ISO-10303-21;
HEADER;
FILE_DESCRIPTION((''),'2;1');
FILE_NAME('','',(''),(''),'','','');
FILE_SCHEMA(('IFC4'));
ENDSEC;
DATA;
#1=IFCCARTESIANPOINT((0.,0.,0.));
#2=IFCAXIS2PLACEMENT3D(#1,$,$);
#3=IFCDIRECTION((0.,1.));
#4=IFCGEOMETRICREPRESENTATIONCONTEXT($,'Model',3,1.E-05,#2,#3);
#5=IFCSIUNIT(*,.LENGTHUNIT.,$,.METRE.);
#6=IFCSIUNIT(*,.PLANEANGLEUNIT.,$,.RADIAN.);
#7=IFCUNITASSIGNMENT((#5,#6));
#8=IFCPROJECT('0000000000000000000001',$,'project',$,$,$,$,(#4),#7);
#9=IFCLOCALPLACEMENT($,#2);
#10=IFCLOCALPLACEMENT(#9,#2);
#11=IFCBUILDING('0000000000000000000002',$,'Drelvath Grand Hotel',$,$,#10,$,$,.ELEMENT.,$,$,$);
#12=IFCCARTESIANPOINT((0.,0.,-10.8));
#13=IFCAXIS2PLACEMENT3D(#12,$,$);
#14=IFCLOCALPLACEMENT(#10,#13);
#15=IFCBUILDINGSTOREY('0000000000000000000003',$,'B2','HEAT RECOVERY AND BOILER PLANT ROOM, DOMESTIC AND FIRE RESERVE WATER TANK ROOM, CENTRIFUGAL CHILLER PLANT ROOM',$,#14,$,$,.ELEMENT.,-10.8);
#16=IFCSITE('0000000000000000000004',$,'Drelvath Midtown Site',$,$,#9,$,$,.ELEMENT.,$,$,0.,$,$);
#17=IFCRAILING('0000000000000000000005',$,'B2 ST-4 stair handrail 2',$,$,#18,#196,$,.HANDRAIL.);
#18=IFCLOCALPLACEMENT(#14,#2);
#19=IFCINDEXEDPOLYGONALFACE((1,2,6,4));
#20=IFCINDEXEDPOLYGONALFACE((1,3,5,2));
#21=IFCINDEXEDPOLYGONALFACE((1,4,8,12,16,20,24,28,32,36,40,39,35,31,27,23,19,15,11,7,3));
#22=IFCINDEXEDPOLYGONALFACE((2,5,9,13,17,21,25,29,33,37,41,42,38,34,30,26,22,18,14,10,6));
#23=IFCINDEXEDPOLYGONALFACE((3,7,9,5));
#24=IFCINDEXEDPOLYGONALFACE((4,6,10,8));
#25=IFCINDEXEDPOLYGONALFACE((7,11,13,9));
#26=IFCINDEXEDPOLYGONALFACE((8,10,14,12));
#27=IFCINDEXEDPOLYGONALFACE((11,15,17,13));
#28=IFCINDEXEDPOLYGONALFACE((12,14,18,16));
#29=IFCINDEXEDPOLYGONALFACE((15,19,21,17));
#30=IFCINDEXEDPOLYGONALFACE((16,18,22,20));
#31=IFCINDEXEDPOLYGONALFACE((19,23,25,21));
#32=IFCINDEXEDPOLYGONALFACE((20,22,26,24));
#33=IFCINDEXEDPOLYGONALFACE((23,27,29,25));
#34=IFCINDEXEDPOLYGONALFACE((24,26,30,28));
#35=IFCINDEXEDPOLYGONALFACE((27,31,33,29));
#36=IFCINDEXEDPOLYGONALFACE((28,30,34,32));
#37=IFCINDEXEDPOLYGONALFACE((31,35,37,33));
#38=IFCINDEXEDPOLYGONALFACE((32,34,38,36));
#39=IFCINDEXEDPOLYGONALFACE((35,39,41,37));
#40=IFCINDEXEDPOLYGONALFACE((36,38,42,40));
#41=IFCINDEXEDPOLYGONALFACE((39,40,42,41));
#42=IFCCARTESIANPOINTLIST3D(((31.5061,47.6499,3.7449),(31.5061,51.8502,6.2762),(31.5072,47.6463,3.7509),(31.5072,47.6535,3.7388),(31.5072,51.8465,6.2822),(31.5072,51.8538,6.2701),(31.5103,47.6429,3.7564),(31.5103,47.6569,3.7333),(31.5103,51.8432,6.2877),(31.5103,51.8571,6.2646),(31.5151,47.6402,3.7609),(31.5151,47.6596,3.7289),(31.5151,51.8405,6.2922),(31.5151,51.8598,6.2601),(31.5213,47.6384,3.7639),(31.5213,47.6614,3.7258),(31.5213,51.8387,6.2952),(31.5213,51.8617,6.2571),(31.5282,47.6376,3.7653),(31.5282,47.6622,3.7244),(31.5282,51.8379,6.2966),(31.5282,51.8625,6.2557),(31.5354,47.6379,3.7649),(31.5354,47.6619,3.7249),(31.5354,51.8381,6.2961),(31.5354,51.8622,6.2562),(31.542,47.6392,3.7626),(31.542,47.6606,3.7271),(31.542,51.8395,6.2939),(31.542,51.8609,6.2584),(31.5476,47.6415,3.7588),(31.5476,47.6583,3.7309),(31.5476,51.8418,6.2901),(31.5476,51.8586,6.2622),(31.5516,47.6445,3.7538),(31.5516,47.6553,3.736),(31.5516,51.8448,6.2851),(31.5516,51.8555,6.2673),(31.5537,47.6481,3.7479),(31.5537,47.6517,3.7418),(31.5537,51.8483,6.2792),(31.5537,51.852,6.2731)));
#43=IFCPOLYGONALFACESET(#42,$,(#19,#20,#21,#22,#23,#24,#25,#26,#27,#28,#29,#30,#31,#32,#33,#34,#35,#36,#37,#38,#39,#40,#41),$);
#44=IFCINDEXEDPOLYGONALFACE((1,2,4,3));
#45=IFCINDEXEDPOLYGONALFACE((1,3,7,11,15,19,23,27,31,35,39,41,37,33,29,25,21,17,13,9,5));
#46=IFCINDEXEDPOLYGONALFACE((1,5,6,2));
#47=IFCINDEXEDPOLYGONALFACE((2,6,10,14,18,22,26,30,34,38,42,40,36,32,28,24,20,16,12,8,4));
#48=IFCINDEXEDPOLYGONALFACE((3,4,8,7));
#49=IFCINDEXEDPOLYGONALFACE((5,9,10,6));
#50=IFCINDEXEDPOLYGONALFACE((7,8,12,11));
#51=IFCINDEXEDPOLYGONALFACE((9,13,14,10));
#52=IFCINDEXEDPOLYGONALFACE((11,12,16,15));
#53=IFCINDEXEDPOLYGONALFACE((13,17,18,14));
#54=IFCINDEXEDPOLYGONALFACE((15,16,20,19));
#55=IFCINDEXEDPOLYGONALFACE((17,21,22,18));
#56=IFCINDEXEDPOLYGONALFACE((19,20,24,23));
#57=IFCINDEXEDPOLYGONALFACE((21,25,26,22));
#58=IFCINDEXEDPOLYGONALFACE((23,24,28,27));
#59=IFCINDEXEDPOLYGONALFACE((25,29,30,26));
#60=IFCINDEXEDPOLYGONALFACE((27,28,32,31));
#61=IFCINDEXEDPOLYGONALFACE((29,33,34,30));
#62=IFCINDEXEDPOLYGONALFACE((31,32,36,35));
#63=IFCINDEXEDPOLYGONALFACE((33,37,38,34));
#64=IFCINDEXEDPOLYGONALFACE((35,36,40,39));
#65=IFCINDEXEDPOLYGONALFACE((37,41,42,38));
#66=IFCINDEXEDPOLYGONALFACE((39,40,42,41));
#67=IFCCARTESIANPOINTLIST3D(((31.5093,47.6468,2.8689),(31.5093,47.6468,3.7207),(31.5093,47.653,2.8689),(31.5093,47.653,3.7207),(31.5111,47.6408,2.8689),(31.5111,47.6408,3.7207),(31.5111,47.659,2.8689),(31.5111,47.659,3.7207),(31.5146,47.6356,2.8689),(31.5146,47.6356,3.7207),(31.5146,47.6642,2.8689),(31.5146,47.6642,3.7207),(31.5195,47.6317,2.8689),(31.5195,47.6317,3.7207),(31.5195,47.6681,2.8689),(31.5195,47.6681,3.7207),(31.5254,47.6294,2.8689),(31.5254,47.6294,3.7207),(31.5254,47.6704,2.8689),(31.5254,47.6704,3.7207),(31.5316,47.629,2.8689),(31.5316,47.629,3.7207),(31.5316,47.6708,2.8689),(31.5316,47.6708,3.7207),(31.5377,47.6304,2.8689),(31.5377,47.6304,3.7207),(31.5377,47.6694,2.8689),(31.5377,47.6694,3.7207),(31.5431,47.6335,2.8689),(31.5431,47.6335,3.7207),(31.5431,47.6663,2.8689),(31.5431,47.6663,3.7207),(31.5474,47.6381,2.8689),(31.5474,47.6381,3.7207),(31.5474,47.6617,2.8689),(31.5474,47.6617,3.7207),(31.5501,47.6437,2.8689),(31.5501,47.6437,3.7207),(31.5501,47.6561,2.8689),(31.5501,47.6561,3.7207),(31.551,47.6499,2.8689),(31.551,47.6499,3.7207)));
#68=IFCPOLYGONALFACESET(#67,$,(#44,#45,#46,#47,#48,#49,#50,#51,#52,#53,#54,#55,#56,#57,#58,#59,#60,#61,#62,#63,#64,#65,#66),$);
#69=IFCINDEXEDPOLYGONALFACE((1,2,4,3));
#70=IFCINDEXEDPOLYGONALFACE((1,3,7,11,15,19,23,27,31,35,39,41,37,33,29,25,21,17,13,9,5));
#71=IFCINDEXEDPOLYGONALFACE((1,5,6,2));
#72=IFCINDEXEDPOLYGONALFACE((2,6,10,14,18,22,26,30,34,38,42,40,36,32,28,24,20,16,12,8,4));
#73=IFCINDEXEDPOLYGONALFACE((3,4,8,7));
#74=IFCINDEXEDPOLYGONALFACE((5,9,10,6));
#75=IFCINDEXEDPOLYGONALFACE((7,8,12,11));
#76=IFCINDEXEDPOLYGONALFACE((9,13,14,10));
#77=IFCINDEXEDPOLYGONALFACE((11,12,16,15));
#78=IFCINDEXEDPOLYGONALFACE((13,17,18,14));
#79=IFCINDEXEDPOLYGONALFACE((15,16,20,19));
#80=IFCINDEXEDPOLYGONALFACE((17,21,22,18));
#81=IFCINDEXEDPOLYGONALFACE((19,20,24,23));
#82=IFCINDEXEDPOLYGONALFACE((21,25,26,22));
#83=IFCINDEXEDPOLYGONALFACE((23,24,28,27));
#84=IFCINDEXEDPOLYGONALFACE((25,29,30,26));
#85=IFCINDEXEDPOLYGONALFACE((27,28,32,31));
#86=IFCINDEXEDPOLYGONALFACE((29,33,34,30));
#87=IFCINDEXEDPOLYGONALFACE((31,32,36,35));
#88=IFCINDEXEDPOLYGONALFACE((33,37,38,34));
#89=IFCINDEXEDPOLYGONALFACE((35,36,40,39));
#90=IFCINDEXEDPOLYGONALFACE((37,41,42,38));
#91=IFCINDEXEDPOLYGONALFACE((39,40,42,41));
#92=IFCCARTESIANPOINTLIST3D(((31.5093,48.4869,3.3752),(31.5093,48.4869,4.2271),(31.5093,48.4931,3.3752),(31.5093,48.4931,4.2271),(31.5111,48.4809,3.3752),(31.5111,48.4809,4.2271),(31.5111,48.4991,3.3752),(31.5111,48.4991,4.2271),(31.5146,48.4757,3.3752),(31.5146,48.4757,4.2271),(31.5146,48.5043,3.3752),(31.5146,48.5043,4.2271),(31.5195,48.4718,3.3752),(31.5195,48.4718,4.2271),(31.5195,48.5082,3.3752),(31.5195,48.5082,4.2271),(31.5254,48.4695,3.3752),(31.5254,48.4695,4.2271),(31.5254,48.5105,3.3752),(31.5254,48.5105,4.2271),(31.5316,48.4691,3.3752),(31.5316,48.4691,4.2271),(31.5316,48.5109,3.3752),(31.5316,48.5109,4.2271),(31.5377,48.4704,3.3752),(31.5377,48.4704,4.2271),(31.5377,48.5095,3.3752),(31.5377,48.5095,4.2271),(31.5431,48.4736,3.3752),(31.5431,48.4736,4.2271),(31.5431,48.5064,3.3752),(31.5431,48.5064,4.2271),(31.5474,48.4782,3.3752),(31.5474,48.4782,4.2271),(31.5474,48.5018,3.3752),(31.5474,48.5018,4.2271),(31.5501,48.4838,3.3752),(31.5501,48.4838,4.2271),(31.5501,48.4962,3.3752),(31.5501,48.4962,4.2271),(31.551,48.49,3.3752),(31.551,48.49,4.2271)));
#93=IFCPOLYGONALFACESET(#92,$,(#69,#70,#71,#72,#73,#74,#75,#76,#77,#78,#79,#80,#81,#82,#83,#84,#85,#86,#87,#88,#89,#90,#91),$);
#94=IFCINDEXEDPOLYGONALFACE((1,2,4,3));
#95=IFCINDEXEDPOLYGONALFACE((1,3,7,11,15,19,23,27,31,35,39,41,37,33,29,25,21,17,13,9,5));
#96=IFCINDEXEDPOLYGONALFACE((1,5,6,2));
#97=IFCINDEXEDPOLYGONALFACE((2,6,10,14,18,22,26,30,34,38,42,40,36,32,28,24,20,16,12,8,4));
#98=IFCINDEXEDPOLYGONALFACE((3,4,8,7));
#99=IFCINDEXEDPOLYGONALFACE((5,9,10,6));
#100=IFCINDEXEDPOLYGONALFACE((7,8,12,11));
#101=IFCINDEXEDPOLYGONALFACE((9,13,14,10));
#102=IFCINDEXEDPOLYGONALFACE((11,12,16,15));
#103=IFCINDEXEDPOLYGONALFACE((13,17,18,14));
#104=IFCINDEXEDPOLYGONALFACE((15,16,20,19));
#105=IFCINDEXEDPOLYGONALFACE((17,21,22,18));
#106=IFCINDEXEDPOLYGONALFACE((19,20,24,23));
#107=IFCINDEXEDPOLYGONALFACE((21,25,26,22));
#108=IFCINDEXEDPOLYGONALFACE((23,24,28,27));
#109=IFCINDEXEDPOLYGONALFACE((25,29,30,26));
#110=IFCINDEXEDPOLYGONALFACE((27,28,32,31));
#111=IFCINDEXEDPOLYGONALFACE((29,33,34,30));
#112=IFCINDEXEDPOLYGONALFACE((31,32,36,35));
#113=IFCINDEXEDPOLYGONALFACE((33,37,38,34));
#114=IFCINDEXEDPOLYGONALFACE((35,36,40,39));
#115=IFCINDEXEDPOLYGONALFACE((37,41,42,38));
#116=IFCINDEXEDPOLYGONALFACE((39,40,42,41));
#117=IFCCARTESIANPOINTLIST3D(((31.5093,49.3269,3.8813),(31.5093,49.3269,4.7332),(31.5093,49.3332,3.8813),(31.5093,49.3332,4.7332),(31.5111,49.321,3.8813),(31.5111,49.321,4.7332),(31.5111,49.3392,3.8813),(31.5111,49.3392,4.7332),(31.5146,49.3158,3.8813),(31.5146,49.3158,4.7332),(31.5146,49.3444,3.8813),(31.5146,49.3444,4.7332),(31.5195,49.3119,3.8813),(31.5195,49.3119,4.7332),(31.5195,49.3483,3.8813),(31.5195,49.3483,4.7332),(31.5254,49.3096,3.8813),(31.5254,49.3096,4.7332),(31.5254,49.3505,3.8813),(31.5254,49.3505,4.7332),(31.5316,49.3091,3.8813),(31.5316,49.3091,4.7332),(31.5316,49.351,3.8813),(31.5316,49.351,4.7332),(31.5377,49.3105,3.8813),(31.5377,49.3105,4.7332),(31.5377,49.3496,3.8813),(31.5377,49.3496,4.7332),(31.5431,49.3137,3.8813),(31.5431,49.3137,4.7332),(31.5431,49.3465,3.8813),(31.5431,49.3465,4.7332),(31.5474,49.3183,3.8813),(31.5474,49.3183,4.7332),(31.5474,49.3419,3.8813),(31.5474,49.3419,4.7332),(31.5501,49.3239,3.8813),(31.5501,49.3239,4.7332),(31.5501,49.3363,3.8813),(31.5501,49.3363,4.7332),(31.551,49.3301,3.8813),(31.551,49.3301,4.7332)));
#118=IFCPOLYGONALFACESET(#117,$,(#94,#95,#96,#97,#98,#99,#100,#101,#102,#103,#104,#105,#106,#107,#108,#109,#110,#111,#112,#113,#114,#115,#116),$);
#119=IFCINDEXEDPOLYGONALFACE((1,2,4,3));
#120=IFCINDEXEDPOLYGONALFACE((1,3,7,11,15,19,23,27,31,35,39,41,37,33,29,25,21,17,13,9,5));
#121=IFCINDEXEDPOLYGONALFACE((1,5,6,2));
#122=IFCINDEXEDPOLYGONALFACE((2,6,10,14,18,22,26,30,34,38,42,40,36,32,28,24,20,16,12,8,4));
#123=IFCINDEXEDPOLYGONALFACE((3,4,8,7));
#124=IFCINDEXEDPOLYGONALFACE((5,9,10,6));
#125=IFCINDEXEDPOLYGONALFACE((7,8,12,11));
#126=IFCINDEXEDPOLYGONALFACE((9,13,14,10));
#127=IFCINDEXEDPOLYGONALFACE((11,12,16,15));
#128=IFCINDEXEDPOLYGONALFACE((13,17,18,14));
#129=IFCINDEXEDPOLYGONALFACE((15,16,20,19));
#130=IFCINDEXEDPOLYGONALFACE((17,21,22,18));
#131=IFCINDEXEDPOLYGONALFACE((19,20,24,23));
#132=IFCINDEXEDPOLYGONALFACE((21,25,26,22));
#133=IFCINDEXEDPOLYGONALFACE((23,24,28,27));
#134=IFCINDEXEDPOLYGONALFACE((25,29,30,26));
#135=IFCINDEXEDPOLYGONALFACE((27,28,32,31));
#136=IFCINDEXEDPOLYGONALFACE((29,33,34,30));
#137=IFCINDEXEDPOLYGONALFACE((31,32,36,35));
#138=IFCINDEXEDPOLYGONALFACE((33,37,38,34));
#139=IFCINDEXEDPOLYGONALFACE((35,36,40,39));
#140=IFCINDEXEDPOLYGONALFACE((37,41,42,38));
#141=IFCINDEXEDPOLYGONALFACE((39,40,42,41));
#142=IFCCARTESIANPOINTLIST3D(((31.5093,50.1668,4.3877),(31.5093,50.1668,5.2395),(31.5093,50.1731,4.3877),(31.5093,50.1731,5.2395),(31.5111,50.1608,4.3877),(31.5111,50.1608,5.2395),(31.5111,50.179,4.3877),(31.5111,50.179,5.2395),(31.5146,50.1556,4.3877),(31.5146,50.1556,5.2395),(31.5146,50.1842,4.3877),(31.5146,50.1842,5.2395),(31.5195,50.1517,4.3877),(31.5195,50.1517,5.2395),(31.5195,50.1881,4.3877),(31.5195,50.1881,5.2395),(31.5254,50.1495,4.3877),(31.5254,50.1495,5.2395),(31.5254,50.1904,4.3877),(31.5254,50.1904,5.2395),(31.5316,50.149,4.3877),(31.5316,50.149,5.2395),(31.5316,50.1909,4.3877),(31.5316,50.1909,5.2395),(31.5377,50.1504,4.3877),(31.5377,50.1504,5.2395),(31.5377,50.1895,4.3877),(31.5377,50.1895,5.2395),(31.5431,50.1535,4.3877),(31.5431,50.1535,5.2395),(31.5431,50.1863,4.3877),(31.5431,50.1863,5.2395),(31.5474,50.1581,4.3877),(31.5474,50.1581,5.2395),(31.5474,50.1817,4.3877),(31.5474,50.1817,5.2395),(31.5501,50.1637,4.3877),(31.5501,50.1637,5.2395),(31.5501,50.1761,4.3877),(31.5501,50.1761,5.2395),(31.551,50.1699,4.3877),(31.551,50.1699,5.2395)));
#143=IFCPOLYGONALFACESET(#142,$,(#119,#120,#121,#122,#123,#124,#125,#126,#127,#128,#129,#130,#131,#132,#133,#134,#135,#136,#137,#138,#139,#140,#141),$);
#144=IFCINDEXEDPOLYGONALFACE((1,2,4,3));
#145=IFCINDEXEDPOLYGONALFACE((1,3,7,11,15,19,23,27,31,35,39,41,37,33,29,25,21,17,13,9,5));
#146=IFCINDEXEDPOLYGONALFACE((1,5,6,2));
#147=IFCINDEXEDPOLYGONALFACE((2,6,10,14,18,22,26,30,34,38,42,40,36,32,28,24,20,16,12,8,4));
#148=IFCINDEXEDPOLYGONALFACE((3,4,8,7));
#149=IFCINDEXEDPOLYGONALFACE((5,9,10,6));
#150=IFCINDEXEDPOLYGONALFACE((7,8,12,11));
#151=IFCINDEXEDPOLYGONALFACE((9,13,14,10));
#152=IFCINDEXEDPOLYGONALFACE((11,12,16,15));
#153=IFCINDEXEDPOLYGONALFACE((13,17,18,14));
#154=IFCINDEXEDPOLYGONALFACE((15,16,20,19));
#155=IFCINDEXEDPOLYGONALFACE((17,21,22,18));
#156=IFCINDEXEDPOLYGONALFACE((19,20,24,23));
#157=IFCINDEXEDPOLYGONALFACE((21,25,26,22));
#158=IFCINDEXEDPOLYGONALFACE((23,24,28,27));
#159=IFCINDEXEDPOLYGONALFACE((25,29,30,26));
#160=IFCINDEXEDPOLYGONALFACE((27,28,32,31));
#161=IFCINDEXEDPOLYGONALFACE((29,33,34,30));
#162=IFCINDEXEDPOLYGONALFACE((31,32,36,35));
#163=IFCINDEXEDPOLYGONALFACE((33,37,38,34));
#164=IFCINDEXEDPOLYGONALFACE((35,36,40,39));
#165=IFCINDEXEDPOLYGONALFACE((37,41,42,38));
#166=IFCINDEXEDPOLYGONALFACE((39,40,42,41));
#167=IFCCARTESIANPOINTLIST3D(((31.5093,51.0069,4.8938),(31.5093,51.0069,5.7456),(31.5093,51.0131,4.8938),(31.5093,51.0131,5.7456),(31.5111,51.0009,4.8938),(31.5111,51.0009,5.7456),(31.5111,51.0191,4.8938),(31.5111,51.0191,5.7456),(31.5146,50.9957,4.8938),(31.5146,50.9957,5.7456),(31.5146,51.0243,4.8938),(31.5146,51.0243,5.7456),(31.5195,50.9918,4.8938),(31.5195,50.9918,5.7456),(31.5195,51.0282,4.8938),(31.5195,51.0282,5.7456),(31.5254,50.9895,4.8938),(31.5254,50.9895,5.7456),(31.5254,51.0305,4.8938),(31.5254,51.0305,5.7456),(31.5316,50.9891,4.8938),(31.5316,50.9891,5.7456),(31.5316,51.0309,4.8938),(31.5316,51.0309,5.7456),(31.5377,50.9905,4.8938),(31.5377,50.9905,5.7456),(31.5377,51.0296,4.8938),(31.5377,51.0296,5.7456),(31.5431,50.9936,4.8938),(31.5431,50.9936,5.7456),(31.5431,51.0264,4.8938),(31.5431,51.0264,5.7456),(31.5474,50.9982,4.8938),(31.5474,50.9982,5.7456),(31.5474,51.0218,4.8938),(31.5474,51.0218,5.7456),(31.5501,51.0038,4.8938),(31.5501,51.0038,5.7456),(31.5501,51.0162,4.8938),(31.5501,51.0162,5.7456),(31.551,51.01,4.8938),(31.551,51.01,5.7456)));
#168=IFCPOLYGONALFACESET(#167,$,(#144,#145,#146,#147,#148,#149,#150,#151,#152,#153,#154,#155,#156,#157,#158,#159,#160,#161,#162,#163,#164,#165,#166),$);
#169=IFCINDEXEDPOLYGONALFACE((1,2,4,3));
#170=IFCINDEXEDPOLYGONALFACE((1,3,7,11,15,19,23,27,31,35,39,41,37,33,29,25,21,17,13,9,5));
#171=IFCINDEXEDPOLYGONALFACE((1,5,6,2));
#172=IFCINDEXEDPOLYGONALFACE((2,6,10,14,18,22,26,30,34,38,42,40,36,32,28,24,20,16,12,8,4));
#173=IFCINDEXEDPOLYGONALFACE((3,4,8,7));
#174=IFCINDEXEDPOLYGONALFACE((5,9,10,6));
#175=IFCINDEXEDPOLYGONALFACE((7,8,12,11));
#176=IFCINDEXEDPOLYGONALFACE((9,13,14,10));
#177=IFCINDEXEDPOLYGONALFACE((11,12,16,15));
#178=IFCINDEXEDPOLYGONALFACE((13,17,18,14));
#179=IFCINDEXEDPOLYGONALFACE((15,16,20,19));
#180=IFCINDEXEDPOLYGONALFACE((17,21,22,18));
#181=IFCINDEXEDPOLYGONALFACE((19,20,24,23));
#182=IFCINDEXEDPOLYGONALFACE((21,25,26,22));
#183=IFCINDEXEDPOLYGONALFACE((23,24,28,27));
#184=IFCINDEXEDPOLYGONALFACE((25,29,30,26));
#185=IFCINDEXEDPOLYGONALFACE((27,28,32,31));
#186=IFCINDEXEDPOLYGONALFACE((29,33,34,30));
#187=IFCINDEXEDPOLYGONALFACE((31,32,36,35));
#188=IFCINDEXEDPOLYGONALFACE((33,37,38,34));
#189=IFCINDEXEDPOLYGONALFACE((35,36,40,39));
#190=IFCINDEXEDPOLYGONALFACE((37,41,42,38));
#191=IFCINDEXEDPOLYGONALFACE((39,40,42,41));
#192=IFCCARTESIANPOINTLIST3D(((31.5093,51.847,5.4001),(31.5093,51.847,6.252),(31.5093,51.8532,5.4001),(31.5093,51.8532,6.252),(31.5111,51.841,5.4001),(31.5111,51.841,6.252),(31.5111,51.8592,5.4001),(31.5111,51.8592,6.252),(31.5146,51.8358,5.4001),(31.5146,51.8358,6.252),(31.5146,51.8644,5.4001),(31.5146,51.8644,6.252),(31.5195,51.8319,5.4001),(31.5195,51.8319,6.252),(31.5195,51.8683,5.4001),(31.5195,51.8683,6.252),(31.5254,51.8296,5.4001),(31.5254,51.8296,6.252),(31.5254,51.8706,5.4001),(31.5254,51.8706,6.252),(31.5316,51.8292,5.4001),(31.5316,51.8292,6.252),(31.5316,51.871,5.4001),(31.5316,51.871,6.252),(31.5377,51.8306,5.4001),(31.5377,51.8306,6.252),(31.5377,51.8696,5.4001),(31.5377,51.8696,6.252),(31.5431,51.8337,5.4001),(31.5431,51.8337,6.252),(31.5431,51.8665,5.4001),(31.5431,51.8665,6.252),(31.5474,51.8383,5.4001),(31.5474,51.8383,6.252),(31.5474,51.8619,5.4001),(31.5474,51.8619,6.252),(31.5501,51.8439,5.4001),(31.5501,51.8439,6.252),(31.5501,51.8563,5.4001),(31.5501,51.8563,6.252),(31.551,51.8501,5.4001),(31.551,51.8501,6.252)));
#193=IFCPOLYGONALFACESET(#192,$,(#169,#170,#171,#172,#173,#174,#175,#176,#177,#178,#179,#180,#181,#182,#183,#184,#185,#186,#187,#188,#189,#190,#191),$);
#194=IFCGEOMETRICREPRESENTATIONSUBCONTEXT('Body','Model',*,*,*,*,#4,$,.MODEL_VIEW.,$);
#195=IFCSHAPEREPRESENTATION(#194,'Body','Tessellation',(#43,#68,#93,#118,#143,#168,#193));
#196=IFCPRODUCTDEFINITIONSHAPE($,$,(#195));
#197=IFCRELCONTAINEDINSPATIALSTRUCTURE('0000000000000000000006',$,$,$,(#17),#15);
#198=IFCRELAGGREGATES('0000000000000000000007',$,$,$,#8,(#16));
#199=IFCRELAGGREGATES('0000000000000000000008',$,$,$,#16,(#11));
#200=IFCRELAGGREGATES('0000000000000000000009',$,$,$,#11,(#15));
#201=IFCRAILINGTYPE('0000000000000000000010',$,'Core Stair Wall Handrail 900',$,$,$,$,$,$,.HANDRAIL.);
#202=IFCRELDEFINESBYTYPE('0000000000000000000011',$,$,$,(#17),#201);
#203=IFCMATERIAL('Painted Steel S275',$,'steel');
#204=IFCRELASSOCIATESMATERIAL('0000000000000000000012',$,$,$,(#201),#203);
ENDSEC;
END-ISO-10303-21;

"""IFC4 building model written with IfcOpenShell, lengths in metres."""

from ifc_helpers import new_model, si_unit, direction, frame, origin, origin_2d, place, context, subcontext, project, spatial, circle, extrude, material, type_object, element, save


model = new_model("IFC4")

# Units and contexts
model_context = context("Model", 3, precision=1e-05, world=origin(), true_north=direction((0.0, 1.0)))
body_context = subcontext(model_context, "Body", "Model", "MODEL_VIEW")
ifc_project = project(units=[si_unit("LENGTHUNIT", "METRE"), si_unit("PLANEANGLEUNIT", "RADIAN")], contexts=[model_context])

# Site, building, storey
site_placement = place(None, origin())
site = spatial("IfcSite", under=ifc_project, at=site_placement, Name="Drelvath Midtown Site", CompositionType="ELEMENT", RefElevation=0.0)
building_placement = place(site_placement, origin())
building = spatial("IfcBuilding", under=site, at=building_placement, Name="Drelvath Grand Hotel", CompositionType="ELEMENT")
storey_placement = place(building_placement, frame((0.0, 0.0, -10.8)))
storey = spatial("IfcBuildingStorey", under=building, at=storey_placement, Name="B2", Description="HEAT RECOVERY AND BOILER PLANT ROOM, DOMESTIC AND FIRE RESERVE WATER TANK ROOM, CENTRIFUGAL CHILLER PLANT ROOM", CompositionType="ELEMENT", Elevation=-10.8)

# Railing
ifc_material_1 = material(Name="Painted Steel S275", Category="steel")
railing_type_1 = type_object("IfcRailingType", Name="Core Stair Wall Handrail 900", PredefinedType="HANDRAIL", material=ifc_material_1)
railing_1_placement = place(storey_placement, frame((31.53, 47.6499, 2.8689)))
element("IfcRailing", 1, at=railing_1_placement, inside=storey, type_object=railing_type_1, Name="B2 ST-4 stair handrail 2", PredefinedType="HANDRAIL", context=body_context, shape_type="SweptSolid", body=[
    extrude(circle(Radius=0.0239, at=origin_2d()), frame((0.0, 0.0, 0.876), z_axis=(0.0, 0.85649, 0.516164), x_axis=(-1.0, 0.0, 0.0)), (0.0, 0.0, 1.0), 4.9041),
    extrude(circle(Radius=0.021, at=origin_2d()), origin(), (0.0, 0.0, 1.0), 0.8518),
    extrude(circle(Radius=0.021, at=origin_2d()), frame((0.0, 0.8401, 0.5063)), (0.0, 0.0, 1.0), 0.8518),
    extrude(circle(Radius=0.021, at=origin_2d()), frame((0.0, 1.6802, 1.0125)), (0.0, 0.0, 1.0), 0.8518),
    extrude(circle(Radius=0.021, at=origin_2d()), frame((0.0, 2.52, 1.5188)), (0.0, 0.0, 1.0), 0.8518),
    extrude(circle(Radius=0.021, at=origin_2d()), frame((0.0, 3.3601, 2.0249)), (0.0, 0.0, 1.0), 0.8518),
    extrude(circle(Radius=0.021, at=origin_2d()), frame((0.0, 4.2002, 2.5312)), (0.0, 0.0, 1.0), 0.8518),
])

save(model, "model.ifc")
